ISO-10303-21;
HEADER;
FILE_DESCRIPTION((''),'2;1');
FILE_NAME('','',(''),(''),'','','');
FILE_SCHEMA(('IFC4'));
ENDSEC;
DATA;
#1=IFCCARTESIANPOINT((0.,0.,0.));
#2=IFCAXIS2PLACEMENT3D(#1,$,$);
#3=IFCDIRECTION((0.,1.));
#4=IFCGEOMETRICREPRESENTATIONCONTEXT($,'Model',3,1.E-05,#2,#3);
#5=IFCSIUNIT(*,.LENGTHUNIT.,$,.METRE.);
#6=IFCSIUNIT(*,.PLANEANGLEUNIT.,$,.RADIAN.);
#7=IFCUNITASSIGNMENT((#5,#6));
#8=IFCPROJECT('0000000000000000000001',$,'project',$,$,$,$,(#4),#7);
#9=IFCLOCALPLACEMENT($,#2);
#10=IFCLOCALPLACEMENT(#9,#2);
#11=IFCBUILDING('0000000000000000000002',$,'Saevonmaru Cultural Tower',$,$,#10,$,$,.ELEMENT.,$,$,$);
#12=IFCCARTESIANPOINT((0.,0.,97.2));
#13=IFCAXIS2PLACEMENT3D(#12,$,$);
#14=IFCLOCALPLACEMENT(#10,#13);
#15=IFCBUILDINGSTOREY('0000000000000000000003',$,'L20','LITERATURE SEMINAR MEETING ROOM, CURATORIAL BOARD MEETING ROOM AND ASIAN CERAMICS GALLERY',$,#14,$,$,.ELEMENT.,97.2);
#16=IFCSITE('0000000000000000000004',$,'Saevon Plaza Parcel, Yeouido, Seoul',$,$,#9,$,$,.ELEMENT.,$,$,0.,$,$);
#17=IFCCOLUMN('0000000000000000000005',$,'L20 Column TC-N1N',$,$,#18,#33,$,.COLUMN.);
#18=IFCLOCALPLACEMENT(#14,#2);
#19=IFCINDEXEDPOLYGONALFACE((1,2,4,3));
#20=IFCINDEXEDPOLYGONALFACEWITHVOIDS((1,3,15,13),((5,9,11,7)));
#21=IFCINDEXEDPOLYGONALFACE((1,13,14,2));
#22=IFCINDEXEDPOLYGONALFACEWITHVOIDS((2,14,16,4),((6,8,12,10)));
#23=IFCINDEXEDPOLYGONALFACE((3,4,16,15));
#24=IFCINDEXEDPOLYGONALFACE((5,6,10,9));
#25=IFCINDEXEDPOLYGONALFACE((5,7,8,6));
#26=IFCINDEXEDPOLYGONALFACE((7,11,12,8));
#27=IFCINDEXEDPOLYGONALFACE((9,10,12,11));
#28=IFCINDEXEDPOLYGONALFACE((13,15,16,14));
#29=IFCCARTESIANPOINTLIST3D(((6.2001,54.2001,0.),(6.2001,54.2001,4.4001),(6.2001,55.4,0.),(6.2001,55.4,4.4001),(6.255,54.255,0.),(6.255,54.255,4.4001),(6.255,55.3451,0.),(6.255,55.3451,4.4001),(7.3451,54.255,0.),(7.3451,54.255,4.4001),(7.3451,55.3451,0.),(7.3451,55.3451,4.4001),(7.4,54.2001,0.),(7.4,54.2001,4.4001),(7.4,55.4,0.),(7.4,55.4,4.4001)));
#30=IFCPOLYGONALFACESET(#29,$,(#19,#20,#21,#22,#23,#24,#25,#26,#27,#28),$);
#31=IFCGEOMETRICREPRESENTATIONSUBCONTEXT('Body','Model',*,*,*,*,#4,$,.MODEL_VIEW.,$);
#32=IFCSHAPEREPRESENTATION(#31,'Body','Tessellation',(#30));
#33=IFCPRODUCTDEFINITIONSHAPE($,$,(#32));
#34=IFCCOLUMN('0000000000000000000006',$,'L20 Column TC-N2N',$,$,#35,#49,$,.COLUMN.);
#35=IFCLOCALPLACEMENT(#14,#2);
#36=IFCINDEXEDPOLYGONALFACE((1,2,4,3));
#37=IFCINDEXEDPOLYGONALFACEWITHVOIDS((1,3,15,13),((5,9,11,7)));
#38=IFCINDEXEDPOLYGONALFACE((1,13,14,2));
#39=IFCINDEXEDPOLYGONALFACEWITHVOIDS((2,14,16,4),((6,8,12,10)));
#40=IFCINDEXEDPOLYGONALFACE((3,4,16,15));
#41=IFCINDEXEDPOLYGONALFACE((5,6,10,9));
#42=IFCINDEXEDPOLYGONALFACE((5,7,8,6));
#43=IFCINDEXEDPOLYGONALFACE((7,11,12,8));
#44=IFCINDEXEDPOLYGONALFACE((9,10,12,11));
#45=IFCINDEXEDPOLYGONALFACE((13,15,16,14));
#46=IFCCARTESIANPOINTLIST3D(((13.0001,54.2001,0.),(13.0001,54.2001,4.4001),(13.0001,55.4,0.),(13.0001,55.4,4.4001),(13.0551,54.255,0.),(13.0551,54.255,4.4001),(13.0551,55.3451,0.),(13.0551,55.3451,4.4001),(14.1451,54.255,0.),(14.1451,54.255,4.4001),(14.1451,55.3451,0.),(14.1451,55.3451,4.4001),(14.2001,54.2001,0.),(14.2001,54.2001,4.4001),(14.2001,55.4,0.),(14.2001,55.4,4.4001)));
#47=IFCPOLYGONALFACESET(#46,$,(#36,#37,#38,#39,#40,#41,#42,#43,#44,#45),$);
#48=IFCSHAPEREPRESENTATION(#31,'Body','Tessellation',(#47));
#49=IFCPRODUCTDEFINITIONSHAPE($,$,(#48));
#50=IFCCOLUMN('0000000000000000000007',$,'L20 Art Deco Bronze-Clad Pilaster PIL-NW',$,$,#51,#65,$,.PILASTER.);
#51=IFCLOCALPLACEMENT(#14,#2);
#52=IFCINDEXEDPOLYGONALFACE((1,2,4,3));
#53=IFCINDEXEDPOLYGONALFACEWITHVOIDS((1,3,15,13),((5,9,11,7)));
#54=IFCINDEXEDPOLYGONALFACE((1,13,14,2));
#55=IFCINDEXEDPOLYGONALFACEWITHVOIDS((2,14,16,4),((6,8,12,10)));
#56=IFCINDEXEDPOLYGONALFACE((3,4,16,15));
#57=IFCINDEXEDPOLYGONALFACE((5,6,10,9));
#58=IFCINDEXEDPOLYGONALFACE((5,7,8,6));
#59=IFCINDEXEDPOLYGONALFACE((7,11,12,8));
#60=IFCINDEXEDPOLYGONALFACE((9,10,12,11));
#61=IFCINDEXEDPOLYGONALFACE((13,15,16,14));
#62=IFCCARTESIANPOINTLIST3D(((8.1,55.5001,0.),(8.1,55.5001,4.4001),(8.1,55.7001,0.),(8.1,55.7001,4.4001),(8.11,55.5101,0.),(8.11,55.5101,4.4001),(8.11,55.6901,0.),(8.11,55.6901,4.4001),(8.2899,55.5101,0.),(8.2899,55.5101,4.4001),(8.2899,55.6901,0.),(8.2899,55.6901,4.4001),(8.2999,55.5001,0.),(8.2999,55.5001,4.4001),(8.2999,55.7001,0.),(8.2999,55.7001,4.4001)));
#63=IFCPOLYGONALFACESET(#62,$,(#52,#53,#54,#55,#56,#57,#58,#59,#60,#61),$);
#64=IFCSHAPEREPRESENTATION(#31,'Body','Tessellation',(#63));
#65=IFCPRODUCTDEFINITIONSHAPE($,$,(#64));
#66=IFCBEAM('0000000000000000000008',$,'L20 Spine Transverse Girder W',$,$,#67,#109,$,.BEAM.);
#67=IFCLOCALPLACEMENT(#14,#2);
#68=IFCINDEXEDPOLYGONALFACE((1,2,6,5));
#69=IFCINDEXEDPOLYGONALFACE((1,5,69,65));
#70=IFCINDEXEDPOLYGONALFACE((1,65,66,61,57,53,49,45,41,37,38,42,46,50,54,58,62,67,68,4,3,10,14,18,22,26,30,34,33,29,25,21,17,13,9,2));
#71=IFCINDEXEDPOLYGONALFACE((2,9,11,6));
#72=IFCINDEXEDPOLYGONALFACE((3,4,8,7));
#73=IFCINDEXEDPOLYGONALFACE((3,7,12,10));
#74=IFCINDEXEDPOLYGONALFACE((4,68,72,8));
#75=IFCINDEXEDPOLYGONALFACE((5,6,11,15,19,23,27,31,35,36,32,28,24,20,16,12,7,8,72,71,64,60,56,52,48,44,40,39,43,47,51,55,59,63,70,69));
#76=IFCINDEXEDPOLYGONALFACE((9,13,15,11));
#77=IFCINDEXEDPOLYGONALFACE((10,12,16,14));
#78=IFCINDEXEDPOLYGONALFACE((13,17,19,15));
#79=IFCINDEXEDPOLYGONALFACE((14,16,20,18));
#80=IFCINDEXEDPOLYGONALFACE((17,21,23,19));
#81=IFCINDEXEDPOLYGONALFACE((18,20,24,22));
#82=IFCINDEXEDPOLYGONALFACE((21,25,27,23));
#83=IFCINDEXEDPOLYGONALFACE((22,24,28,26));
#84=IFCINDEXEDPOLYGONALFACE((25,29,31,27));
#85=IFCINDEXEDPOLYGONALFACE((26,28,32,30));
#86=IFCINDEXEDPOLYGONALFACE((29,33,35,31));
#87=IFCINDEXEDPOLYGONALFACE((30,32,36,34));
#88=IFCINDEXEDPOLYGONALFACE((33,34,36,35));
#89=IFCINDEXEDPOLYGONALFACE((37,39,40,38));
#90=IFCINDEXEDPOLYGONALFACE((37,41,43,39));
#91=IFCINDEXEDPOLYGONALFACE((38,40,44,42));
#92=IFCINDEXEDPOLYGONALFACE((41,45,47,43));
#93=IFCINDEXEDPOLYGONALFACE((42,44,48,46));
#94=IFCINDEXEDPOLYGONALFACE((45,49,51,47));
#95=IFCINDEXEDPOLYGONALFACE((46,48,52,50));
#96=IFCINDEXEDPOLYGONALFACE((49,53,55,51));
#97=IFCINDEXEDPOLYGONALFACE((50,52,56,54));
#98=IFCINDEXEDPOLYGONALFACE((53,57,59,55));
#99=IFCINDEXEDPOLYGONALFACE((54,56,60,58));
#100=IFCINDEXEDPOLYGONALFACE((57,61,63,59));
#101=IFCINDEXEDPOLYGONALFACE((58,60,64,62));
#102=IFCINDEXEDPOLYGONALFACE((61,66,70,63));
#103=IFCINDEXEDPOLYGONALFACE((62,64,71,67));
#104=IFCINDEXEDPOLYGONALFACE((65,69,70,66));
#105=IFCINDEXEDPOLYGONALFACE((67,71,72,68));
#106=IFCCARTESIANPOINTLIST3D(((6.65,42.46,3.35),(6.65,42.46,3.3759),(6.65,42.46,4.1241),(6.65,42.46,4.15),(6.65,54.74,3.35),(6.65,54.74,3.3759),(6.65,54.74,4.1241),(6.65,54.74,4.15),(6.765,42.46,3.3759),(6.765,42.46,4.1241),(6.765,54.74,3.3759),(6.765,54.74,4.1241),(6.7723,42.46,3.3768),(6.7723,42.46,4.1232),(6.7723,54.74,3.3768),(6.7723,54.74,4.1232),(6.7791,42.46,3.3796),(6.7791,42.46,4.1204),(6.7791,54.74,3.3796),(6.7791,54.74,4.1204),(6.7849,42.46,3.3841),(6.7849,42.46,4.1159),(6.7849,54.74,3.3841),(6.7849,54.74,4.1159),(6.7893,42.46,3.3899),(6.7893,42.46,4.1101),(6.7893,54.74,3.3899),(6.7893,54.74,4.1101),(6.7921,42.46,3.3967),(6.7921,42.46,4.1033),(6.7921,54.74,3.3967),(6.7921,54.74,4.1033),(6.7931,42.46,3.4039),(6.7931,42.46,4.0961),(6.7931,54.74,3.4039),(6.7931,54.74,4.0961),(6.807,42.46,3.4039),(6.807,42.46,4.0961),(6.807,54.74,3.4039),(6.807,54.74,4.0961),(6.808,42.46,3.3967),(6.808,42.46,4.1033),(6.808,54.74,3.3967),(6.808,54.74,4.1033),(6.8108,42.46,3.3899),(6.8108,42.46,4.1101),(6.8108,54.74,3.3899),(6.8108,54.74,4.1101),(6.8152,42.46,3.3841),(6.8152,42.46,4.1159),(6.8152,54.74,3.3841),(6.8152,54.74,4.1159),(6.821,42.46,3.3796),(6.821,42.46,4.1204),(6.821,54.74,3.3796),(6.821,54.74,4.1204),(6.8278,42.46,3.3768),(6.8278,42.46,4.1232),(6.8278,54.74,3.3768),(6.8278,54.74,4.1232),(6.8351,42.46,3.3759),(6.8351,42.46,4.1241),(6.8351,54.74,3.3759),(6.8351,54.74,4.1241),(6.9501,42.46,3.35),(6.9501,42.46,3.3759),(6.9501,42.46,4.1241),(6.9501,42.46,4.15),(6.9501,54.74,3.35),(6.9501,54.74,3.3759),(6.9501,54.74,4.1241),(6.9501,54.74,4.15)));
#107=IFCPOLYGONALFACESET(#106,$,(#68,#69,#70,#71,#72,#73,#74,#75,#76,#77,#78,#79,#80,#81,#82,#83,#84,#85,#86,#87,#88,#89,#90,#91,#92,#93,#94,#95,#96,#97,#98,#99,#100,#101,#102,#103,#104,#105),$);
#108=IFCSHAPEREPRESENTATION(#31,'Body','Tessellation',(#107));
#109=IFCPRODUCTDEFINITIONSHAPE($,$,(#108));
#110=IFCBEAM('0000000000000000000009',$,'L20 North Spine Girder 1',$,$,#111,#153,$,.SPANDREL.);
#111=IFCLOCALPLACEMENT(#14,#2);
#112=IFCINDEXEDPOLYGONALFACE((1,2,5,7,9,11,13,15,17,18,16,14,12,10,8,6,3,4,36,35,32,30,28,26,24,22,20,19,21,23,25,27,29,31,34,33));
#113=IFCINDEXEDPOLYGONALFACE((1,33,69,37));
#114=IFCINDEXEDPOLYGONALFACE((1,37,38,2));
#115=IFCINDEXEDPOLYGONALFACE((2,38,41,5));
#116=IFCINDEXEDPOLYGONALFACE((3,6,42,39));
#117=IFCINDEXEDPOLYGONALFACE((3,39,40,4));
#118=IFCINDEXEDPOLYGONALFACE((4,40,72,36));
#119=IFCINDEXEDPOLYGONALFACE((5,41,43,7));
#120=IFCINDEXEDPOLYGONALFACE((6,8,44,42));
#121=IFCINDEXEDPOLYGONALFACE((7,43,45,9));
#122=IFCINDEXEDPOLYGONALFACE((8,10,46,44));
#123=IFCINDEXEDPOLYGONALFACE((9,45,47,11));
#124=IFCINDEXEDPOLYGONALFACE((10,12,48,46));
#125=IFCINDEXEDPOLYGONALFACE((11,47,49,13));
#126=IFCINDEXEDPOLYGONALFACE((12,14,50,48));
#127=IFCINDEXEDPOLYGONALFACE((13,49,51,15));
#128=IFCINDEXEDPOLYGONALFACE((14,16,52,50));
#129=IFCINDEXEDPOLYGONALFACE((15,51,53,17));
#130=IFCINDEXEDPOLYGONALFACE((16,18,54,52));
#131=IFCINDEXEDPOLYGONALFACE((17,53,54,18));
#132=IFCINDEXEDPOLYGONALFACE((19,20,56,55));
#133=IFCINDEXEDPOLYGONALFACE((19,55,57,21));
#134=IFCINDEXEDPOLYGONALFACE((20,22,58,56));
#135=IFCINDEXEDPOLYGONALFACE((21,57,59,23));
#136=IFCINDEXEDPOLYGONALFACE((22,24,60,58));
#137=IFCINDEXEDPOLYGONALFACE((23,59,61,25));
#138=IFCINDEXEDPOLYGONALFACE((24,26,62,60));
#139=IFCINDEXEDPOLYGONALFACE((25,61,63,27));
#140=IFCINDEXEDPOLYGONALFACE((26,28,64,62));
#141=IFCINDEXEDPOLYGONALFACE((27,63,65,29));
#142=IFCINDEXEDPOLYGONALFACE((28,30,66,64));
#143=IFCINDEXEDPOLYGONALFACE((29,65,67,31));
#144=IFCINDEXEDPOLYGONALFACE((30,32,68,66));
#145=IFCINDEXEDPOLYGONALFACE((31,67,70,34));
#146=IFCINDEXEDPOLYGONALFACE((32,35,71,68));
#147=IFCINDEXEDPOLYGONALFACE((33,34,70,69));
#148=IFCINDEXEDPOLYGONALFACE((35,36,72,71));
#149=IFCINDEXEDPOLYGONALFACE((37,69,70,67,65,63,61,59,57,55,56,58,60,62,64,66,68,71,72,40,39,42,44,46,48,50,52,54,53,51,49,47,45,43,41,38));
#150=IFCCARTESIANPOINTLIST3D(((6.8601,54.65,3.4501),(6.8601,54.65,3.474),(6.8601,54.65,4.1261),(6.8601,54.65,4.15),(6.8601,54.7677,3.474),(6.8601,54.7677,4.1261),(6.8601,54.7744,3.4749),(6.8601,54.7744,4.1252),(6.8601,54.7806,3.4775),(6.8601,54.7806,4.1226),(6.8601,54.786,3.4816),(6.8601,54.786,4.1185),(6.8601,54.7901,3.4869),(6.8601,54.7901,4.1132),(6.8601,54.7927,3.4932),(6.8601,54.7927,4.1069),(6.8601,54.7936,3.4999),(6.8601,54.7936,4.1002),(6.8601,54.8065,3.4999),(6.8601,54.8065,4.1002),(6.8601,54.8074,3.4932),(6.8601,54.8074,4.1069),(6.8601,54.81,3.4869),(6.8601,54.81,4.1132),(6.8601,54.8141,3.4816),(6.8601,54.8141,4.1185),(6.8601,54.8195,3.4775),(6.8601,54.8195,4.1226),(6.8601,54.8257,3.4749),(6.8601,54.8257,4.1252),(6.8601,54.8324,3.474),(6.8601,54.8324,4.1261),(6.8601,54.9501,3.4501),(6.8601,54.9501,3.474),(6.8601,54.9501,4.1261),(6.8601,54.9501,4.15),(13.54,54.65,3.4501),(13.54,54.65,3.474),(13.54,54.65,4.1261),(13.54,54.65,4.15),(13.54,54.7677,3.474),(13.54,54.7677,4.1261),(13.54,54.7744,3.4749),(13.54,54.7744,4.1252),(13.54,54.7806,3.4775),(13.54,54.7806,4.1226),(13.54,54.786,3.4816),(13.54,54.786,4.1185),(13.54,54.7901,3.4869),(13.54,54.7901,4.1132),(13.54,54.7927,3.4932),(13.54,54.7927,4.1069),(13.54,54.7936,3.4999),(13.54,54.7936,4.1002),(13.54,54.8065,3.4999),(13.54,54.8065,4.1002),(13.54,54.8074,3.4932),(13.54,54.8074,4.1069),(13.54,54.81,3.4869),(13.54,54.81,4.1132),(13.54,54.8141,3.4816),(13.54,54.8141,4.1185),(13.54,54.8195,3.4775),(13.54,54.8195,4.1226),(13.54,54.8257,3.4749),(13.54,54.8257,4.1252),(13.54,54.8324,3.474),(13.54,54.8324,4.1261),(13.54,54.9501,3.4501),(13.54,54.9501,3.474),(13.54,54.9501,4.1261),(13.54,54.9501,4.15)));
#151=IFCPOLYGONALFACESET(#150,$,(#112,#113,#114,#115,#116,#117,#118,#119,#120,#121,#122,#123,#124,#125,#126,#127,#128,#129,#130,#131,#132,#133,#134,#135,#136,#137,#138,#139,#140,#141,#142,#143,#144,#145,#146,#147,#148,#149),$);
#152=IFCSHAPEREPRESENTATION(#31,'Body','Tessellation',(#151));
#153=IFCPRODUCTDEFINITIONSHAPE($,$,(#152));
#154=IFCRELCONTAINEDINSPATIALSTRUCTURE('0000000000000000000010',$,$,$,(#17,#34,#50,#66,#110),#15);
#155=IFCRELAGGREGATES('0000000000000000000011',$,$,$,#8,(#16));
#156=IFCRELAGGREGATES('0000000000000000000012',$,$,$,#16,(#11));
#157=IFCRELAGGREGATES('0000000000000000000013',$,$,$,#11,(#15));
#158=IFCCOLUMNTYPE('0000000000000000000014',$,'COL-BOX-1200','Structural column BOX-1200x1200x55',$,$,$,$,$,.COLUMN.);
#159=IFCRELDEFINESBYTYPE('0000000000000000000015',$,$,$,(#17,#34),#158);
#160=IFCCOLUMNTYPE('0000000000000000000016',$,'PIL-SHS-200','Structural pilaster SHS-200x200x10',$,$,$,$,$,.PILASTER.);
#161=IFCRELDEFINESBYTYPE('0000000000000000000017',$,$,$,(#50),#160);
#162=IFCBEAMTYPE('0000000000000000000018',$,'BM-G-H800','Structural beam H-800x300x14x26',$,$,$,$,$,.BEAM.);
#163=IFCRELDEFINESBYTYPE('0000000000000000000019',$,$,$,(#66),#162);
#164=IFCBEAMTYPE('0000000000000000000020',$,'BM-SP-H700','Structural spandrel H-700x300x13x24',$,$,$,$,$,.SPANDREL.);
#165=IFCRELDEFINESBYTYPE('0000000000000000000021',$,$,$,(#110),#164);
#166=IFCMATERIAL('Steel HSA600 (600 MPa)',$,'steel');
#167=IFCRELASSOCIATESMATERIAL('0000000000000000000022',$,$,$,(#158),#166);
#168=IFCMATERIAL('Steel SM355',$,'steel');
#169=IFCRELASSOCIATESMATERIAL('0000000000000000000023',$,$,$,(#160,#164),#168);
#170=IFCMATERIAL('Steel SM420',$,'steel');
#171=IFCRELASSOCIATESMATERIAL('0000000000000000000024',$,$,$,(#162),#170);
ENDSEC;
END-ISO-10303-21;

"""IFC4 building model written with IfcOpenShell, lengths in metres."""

from ifc_helpers import new_model, si_unit, direction, frame, origin, origin_2d, place, context, subcontext, project, spatial, hollow_rectangle, i_section, extrude, material, material_profile, profile_set, type_object, element, save


model = new_model("IFC4")

# Units and contexts
model_context = context("Model", 3, precision=1e-05, world=origin(), true_north=direction((0.0, 1.0)))
body_context = subcontext(model_context, "Body", "Model", "MODEL_VIEW")
ifc_project = project(units=[si_unit("LENGTHUNIT", "METRE"), si_unit("PLANEANGLEUNIT", "RADIAN")], contexts=[model_context])

# Site, building, storey
site_placement = place(None, origin())
site = spatial("IfcSite", under=ifc_project, at=site_placement, Name="Saevon Plaza Parcel, Yeouido, Seoul", CompositionType="ELEMENT", RefElevation=0.0)
building_placement = place(site_placement, origin())
building = spatial("IfcBuilding", under=site, at=building_placement, Name="Saevonmaru Cultural Tower", CompositionType="ELEMENT")
storey_placement = place(building_placement, frame((0.0, 0.0, 97.2)))
storey = spatial("IfcBuildingStorey", under=building, at=storey_placement, Name="L20", Description="LITERATURE SEMINAR MEETING ROOM, CURATORIAL BOARD MEETING ROOM AND ASIAN CERAMICS GALLERY", CompositionType="ELEMENT", Elevation=97.2)

# Columns
ifc_material_1 = material(Name="Steel HSA600 (600 MPa)", Category="steel")
ifc_material_profile_1 = material_profile(ifc_material_1, hollow_rectangle(XDim=1.2, YDim=1.2, WallThickness=0.0549, at=origin_2d()), Name="BOX-1200x1200x55")
ifc_profile_set_1 = profile_set([ifc_material_profile_1], Name="Steel HSA600 (600 MPa)")
column_type_1 = type_object("IfcColumnType", Name="COL-BOX-1200", Description="Structural column BOX-1200x1200x55", PredefinedType="COLUMN", material=ifc_profile_set_1)
for number, where, z_axis, x_axis, name in (
    (1, (6.8, 54.8, 0.0), (0.0, 0.0, 1.0), (1.0, 0.0, 0.0), "L20 Column TC-N1N"),
    (2, (13.6001, 54.8, 0.0), (0.0, 0.0, 1.0), (1.0, 0.0, 0.0), "L20 Column TC-N2N"),
):
    element("IfcColumn", number, at=place(storey_placement, frame(where, z_axis=z_axis, x_axis=x_axis)), inside=storey, type_object=column_type_1, Name=name, PredefinedType="COLUMN", context=body_context, shape_type="SweptSolid", body=[
        extrude(hollow_rectangle(XDim=1.2, YDim=1.2, WallThickness=0.0549, at=origin_2d()), origin(), (0.0, 0.0, 1.0), 4.4001),
    ])
ifc_material_2 = material(Name="Steel SM355", Category="steel")
ifc_material_profile_2 = material_profile(ifc_material_2, hollow_rectangle(XDim=0.2, YDim=0.2, WallThickness=0.01, at=origin_2d()), Name="SHS-200x200x10")
ifc_profile_set_2 = profile_set([ifc_material_profile_2], Name="Steel SM355")
column_type_2 = type_object("IfcColumnType", Name="PIL-SHS-200", Description="Structural pilaster SHS-200x200x10", PredefinedType="PILASTER", material=ifc_profile_set_2)
column_placement = place(storey_placement, frame((8.2, 55.6001, 0.0), z_axis=(0.0, 0.0, 1.0), x_axis=(1.0, 0.0, 0.0)))
element("IfcColumn", 3, at=column_placement, inside=storey, type_object=column_type_2, Name="L20 Art Deco Bronze-Clad Pilaster PIL-NW", PredefinedType="PILASTER", context=body_context, shape_type="SweptSolid", body=[
    extrude(hollow_rectangle(XDim=0.2, YDim=0.2, WallThickness=0.01, at=origin_2d()), origin(), (0.0, 0.0, 1.0), 4.4001),
])

# Beams
ifc_material_3 = material(Name="Steel SM420", Category="steel")
ifc_material_profile_3 = material_profile(ifc_material_3, i_section(OverallWidth=0.3, OverallDepth=0.8, WebThickness=0.0139, FlangeThickness=0.0259, FilletRadius=0.0281, at=origin_2d()), Name="H-800x300x14x26")
ifc_profile_set_3 = profile_set([ifc_material_profile_3], Name="Steel SM420")
beam_type_1 = type_object("IfcBeamType", Name="BM-G-H800", Description="Structural beam H-800x300x14x26", PredefinedType="BEAM", material=ifc_profile_set_3)
beam_1_placement = place(storey_placement, frame((6.8, 54.74, 3.75), z_axis=(0.0, -1.0, 0.0), x_axis=(1.0, 0.0, 0.0)))
element("IfcBeam", 4, at=beam_1_placement, inside=storey, type_object=beam_type_1, Name="L20 Spine Transverse Girder W", PredefinedType="BEAM", context=body_context, shape_type="SweptSolid", body=[
    extrude(i_section(OverallWidth=0.3, OverallDepth=0.8, WebThickness=0.0139, FlangeThickness=0.0259, FilletRadius=0.0281, at=origin_2d()), origin(), (0.0, 0.0, 1.0), 12.28),
])
ifc_material_profile_4 = material_profile(ifc_material_2, i_section(OverallWidth=0.3, OverallDepth=0.7, WebThickness=0.0129, FlangeThickness=0.0239, FilletRadius=0.0259, at=origin_2d()), Name="H-700x300x13x24")
ifc_profile_set_4 = profile_set([ifc_material_profile_4], Name="Steel SM355")
beam_type_2 = type_object("IfcBeamType", Name="BM-SP-H700", Description="Structural spandrel H-700x300x13x24", PredefinedType="SPANDREL", material=ifc_profile_set_4)
beam_2_placement = place(storey_placement, frame((6.8601, 54.8, 3.8), z_axis=(1.0, 0.0, 0.0), x_axis=(0.0, 1.0, 0.0)))
element("IfcBeam", 5, at=beam_2_placement, inside=storey, type_object=beam_type_2, Name="L20 North Spine Girder 1", PredefinedType="SPANDREL", context=body_context, shape_type="SweptSolid", body=[
    extrude(i_section(OverallWidth=0.3, OverallDepth=0.7, WebThickness=0.0129, FlangeThickness=0.0239, FilletRadius=0.0259, at=origin_2d()), origin(), (0.0, 0.0, 1.0), 6.6799),
])

save(model, "model.ifc")
